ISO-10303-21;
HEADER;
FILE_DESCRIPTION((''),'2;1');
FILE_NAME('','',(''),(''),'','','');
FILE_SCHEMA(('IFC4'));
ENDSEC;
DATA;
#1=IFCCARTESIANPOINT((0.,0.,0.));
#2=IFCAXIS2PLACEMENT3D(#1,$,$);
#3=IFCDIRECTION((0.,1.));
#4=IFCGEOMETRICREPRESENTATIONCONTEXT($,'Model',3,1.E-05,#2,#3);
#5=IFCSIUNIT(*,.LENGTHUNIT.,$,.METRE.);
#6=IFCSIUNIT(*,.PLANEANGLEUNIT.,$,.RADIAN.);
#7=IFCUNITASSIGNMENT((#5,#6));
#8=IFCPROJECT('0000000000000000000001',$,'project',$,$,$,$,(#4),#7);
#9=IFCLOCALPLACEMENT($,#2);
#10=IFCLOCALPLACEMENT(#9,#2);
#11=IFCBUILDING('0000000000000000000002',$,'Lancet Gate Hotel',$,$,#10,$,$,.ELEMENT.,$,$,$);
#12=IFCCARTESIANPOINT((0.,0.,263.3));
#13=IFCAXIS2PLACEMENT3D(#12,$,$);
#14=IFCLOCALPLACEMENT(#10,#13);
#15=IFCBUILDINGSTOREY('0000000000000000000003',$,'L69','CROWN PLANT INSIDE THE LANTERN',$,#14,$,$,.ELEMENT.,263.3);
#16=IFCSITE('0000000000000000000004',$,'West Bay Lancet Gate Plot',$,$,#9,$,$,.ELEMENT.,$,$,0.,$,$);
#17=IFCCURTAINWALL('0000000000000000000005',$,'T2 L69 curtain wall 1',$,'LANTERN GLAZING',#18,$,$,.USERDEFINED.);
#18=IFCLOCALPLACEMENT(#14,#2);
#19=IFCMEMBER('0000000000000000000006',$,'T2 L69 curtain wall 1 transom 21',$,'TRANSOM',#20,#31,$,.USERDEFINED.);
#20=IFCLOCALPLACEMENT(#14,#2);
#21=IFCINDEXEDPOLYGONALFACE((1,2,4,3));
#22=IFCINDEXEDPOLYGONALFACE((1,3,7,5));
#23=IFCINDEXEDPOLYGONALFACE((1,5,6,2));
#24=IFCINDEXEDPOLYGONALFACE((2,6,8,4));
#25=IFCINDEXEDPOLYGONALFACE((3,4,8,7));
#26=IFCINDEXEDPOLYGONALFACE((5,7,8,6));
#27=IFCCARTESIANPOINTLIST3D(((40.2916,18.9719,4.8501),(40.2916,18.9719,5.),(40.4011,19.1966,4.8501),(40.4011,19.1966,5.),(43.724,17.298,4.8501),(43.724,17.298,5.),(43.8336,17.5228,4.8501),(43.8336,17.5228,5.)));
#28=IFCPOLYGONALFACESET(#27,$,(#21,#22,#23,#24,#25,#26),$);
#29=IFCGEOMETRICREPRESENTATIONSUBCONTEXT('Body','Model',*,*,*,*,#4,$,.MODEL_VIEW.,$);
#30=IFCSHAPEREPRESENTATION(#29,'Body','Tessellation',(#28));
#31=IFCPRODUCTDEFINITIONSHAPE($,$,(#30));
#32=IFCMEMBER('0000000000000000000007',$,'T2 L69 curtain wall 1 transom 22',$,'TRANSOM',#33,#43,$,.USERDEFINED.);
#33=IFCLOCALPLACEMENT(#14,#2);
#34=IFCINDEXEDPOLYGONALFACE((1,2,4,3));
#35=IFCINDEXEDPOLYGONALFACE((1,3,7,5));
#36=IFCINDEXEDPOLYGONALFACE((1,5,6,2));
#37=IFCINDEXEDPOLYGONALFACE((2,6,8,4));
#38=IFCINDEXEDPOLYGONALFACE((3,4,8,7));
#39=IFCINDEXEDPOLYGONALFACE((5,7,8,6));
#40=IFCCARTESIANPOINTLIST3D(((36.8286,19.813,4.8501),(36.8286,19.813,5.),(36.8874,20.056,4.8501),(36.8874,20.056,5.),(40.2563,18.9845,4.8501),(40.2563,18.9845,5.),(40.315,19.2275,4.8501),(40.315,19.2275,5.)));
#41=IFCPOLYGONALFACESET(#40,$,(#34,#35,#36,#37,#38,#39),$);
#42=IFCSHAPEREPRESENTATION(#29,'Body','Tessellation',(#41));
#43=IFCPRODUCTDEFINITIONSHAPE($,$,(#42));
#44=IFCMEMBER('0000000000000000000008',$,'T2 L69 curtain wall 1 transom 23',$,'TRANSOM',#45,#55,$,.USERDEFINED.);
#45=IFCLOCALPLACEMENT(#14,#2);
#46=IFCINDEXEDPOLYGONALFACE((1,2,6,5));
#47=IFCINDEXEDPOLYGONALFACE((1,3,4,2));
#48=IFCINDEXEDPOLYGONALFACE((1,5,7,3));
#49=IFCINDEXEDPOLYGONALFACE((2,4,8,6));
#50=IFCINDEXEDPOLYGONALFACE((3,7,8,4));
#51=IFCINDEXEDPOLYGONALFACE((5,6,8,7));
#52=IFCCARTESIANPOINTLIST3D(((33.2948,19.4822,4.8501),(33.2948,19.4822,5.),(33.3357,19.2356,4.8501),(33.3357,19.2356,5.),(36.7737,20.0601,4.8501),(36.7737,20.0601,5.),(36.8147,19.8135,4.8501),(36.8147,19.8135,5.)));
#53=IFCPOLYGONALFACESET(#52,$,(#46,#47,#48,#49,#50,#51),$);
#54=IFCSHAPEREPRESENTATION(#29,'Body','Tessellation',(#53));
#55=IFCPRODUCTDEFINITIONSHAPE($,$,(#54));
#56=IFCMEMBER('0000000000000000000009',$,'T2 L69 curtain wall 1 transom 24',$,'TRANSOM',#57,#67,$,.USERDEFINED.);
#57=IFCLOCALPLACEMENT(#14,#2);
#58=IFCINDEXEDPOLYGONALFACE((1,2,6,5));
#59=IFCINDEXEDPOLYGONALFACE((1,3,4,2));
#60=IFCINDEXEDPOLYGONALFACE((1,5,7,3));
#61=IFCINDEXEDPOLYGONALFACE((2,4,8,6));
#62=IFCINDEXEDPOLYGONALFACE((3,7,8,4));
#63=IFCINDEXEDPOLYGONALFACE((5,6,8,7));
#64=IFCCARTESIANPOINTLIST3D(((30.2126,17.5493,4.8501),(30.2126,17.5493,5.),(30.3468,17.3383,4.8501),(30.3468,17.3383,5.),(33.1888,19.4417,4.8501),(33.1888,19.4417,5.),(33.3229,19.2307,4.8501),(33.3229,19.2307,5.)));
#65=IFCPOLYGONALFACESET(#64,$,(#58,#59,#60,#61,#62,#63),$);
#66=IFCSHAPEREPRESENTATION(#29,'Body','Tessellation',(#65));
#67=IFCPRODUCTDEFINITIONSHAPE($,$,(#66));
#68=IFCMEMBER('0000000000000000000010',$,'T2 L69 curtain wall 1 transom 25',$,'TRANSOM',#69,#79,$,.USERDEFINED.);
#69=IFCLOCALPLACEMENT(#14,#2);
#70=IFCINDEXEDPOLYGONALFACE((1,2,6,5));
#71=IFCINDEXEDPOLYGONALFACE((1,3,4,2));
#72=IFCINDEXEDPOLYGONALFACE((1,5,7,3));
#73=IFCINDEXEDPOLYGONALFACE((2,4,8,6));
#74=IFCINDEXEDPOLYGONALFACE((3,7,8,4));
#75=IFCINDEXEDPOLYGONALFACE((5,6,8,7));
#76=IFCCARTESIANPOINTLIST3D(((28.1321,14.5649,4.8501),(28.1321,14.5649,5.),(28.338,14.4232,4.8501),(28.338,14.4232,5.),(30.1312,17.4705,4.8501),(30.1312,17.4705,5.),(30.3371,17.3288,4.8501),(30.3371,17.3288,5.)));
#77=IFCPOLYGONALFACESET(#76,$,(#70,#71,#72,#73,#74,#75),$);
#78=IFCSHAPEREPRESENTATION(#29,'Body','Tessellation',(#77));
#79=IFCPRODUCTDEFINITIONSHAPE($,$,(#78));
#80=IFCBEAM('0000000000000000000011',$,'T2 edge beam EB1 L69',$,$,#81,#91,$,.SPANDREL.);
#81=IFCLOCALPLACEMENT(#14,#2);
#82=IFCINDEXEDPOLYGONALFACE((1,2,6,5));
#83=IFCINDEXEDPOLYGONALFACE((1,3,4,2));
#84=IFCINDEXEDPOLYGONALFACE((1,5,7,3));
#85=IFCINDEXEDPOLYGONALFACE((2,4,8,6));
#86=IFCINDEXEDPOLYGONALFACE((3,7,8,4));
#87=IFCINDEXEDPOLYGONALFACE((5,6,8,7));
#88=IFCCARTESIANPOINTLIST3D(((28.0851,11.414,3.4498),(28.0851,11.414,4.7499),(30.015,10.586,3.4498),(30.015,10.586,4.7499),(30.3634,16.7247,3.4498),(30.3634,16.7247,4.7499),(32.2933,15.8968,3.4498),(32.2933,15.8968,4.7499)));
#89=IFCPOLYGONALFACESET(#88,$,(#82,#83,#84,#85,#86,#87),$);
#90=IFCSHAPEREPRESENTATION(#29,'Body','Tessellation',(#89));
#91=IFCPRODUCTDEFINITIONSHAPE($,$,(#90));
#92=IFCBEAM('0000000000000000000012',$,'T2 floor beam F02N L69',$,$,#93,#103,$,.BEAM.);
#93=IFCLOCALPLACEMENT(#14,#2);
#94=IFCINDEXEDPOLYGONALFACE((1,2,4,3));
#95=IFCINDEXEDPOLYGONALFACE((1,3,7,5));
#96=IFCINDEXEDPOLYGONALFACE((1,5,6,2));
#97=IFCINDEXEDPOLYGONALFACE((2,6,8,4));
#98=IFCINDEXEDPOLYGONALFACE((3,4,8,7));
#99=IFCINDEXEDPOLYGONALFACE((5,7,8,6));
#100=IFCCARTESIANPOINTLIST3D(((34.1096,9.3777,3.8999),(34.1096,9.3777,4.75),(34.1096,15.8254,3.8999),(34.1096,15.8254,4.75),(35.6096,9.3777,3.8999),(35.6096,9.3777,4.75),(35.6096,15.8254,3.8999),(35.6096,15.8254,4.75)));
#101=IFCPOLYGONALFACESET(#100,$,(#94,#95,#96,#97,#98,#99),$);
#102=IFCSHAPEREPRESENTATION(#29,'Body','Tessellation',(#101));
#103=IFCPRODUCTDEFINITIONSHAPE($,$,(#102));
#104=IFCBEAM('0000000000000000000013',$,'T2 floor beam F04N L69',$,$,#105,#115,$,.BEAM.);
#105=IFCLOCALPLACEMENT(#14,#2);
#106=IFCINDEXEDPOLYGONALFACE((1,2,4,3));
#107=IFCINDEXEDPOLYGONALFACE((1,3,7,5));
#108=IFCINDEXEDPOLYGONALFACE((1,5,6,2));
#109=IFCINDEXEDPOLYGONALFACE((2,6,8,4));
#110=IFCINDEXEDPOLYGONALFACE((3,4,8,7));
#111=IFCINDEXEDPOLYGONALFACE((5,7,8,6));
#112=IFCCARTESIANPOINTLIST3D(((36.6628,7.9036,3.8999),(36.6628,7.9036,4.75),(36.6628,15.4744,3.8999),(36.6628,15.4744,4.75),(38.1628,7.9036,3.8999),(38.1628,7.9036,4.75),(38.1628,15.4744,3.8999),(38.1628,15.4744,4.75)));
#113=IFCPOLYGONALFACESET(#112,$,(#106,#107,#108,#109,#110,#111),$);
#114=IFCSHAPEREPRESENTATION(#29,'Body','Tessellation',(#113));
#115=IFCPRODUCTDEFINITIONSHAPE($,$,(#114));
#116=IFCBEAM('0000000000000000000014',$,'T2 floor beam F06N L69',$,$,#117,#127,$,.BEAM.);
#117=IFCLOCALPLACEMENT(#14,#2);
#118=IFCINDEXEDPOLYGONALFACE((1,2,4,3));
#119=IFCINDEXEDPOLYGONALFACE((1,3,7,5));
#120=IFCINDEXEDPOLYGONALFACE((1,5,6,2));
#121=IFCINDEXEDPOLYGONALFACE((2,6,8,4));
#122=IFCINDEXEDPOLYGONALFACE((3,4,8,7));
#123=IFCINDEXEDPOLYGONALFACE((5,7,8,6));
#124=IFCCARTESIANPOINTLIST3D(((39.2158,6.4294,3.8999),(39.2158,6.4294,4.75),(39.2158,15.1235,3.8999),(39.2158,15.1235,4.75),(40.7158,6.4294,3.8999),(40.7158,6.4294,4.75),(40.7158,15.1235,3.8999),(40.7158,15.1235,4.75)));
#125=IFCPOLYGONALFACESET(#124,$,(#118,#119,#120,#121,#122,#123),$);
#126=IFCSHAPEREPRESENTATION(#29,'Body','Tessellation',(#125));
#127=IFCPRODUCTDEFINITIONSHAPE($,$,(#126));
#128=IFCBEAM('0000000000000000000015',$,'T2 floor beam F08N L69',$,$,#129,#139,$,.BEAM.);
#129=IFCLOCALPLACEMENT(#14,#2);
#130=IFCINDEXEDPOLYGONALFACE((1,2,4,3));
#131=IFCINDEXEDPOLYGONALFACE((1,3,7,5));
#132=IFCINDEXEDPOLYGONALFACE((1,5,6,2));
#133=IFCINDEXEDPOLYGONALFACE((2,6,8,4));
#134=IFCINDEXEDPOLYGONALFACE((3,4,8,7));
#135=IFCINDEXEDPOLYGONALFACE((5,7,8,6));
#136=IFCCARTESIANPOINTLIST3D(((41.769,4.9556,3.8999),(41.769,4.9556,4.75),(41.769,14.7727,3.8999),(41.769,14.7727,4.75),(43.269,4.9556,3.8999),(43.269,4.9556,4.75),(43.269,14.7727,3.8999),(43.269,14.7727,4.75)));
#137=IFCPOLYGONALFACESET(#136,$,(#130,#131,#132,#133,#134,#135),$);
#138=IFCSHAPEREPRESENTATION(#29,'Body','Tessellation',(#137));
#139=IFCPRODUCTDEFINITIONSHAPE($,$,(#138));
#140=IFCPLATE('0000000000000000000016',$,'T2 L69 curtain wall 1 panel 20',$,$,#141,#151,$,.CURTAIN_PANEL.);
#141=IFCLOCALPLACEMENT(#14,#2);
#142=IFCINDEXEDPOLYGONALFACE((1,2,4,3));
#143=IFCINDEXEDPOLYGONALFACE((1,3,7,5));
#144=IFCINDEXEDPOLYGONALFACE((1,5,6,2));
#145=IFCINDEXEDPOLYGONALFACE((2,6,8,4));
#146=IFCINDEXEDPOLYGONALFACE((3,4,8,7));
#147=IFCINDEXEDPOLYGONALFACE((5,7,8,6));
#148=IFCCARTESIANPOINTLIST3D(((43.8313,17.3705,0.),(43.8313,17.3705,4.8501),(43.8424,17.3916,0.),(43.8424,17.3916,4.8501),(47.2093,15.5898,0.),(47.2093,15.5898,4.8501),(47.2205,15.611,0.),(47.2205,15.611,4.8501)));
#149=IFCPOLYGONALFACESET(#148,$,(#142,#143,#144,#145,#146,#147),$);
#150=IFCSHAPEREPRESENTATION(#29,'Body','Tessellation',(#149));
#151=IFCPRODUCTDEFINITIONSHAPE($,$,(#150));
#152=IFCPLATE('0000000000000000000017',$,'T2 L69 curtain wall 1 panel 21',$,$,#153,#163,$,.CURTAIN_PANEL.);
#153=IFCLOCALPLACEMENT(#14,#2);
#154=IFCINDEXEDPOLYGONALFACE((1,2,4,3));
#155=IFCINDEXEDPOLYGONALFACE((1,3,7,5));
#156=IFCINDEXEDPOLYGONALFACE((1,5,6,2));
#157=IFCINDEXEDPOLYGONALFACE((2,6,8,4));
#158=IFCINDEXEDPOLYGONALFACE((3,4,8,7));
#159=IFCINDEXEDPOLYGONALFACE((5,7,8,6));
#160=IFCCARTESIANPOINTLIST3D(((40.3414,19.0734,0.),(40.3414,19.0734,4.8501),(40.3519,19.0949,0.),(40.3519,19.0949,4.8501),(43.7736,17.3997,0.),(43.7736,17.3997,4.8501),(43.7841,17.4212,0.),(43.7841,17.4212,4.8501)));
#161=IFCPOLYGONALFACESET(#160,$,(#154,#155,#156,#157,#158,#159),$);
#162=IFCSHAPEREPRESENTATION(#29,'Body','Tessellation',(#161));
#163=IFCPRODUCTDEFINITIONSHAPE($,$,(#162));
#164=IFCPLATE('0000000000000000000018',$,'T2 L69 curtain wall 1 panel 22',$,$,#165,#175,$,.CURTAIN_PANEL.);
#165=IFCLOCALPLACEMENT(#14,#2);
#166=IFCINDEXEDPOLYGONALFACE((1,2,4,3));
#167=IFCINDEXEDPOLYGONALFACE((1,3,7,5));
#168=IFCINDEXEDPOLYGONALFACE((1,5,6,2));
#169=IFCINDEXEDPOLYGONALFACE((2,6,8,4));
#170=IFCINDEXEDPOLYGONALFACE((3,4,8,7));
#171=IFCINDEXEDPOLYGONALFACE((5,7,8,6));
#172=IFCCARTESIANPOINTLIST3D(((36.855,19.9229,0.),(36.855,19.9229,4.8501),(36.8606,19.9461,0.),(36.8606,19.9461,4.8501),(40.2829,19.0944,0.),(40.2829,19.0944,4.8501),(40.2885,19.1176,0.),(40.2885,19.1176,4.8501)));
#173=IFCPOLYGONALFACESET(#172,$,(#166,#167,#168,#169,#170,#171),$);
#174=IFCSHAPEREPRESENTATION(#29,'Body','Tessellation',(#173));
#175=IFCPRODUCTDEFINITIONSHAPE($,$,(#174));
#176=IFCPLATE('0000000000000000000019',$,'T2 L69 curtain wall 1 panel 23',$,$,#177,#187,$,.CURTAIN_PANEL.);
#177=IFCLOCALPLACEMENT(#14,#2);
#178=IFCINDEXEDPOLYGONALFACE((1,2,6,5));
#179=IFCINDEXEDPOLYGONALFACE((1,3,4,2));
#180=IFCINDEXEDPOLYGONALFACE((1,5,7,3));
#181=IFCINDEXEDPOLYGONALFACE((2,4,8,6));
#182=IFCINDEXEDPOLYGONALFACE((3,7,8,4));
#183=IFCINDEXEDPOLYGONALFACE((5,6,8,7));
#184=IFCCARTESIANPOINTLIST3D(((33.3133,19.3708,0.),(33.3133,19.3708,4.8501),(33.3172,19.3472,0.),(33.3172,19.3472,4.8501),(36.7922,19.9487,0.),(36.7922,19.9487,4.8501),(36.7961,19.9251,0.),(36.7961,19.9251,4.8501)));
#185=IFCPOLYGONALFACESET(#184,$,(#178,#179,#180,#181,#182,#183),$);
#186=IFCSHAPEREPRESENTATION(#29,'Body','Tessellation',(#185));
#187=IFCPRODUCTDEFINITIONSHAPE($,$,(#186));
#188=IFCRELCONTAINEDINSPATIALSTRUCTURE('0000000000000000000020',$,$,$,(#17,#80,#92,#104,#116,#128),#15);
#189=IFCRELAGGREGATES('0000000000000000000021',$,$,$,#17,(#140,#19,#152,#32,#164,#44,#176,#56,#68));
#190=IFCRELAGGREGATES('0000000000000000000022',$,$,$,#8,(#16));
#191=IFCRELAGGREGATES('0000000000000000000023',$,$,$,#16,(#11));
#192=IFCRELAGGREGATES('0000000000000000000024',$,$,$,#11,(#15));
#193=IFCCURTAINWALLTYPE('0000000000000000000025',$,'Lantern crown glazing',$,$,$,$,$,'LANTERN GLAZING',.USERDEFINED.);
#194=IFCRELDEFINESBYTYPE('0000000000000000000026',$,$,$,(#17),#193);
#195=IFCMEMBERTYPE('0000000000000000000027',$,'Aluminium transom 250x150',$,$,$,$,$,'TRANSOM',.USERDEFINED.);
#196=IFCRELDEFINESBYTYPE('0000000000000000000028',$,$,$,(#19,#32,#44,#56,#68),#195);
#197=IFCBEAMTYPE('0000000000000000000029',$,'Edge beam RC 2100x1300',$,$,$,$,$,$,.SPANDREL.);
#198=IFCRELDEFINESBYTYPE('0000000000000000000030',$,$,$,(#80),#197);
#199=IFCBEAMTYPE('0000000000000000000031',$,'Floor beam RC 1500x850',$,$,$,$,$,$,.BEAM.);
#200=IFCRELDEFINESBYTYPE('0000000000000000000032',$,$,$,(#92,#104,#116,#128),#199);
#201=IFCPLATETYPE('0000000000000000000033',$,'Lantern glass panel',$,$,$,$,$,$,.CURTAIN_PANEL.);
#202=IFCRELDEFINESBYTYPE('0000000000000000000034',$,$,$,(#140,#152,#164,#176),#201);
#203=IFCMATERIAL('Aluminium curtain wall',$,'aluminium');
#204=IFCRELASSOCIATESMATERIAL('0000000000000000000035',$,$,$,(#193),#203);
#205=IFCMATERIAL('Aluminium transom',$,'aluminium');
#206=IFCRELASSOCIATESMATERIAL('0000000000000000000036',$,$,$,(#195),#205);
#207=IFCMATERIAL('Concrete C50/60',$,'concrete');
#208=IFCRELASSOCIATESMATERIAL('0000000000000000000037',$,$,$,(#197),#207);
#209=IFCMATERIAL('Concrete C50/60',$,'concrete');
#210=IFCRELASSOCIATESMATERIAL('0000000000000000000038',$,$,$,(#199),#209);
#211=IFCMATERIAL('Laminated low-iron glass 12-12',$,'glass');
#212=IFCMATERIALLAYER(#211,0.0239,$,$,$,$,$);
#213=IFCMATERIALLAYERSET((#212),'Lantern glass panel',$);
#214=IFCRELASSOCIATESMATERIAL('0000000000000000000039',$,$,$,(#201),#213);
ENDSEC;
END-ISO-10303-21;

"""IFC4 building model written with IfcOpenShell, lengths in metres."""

from ifc_helpers import new_model, si_unit, direction, frame, origin, origin_2d, place, context, subcontext, project, spatial, rectangle, extrude, material, layer, layer_set, material_profile, profile_set, type_object, element, aggregate, save


model = new_model("IFC4")

# Units and contexts
model_context = context("Model", 3, precision=1e-05, world=origin(), true_north=direction((0.0, 1.0)))
body_context = subcontext(model_context, "Body", "Model", "MODEL_VIEW")
ifc_project = project(units=[si_unit("LENGTHUNIT", "METRE"), si_unit("PLANEANGLEUNIT", "RADIAN")], contexts=[model_context])

# Site, building, storey
site_placement = place(None, origin())
site = spatial("IfcSite", under=ifc_project, at=site_placement, Name="West Bay Lancet Gate Plot", CompositionType="ELEMENT", RefElevation=0.0)
building_placement = place(site_placement, origin())
building = spatial("IfcBuilding", under=site, at=building_placement, Name="Lancet Gate Hotel", CompositionType="ELEMENT")
storey_placement = place(building_placement, frame((0.0, 0.0, 263.3)))
storey = spatial("IfcBuildingStorey", under=building, at=storey_placement, Name="L69", Description="CROWN PLANT INSIDE THE LANTERN", CompositionType="ELEMENT", Elevation=263.3)

# Curtain wall, members
ifc_material_1 = material(Name="Aluminium curtain wall", Category="aluminium")
curtain_wall_type = type_object("IfcCurtainWallType", Name="Lantern crown glazing", ElementType="LANTERN GLAZING", PredefinedType="USERDEFINED", material=ifc_material_1)
curtain_wall_placement = place(storey_placement, origin())
curtain_wall = element("IfcCurtainWall", 1, at=curtain_wall_placement, inside=storey, type_object=curtain_wall_type, Name="T2 L69 curtain wall 1", ObjectType="LANTERN GLAZING", PredefinedType="USERDEFINED")
ifc_material_2 = material(Name="Aluminium transom", Category="aluminium")
ifc_material_profile_1 = material_profile(ifc_material_2, rectangle(XDim=0.25, YDim=0.1499, at=origin_2d()), Name="TRANSOM 250x150")
ifc_profile_set_1 = profile_set([ifc_material_profile_1], Name="Aluminium transom")
member_type_1 = type_object("IfcMemberType", Name="Aluminium transom 250x150", ElementType="TRANSOM", PredefinedType="USERDEFINED", material=ifc_profile_set_1)
member_1_placement = place(storey_placement, frame((43.7788, 17.4104, 4.925), z_axis=(-0.89882, 0.438318, 0.0), x_axis=(-0.438318, -0.89882, 0.0)))
member_1 = element("IfcMember", 2, at=member_1_placement, type_object=member_type_1, Name="T2 L69 curtain wall 1 transom 21", ObjectType="TRANSOM", PredefinedType="USERDEFINED", context=body_context, shape_type="SweptSolid", body=[
    extrude(rectangle(XDim=0.25, YDim=0.1499, at=origin_2d()), origin(), (0.0, 0.0, 1.0), 3.8188),
])
member_2_placement = place(storey_placement, frame((40.2856, 19.106, 4.925), z_axis=(-0.972003, 0.23497, 0.0), x_axis=(-0.23497, -0.972003, 0.0)))
member_2 = element("IfcMember", 3, at=member_2_placement, type_object=member_type_1, Name="T2 L69 curtain wall 1 transom 22", ObjectType="TRANSOM", PredefinedType="USERDEFINED", context=body_context, shape_type="SweptSolid", body=[
    extrude(rectangle(XDim=0.25, YDim=0.1499, at=origin_2d()), origin(), (0.0, 0.0, 1.0), 3.5264),
])
member_3_placement = place(storey_placement, frame((36.7942, 19.9368, 4.925), z_axis=(-0.986484, -0.16386, 0.0), x_axis=(0.16386, -0.986484, 0.0)))
member_3 = element("IfcMember", 4, at=member_3_placement, type_object=member_type_1, Name="T2 L69 curtain wall 1 transom 23", ObjectType="TRANSOM", PredefinedType="USERDEFINED", context=body_context, shape_type="SweptSolid", body=[
    extrude(rectangle(XDim=0.25, YDim=0.1499, at=origin_2d()), origin(), (0.0, 0.0, 1.0), 3.5266),
])
member_4_placement = place(storey_placement, frame((33.2559, 19.3362, 4.925), z_axis=(-0.843858, -0.536566, 0.0), x_axis=(0.536566, -0.843858, 0.0)))
member_4 = element("IfcMember", 5, at=member_4_placement, type_object=member_type_1, Name="T2 L69 curtain wall 1 transom 24", ObjectType="TRANSOM", PredefinedType="USERDEFINED", context=body_context, shape_type="SweptSolid", body=[
    extrude(rectangle(XDim=0.25, YDim=0.1499, at=origin_2d()), origin(), (0.0, 0.0, 1.0), 3.5269),
])
member_5_placement = place(storey_placement, frame((30.2341, 17.3997, 4.925), z_axis=(-0.566814, -0.823846, 0.0), x_axis=(0.823846, -0.566814, 0.0)))
member_5 = element("IfcMember", 6, at=member_5_placement, type_object=member_type_1, Name="T2 L69 curtain wall 1 transom 25", ObjectType="TRANSOM", PredefinedType="USERDEFINED", context=body_context, shape_type="SweptSolid", body=[
    extrude(rectangle(XDim=0.25, YDim=0.1499, at=origin_2d()), origin(), (0.0, 0.0, 1.0), 3.5269),
])

# Beams
ifc_material_3 = material(Name="Concrete C50/60", Category="concrete")
ifc_material_profile_2 = material_profile(ifc_material_3, rectangle(XDim=2.1001, YDim=1.3, at=origin_2d()), Name="RC 2100x1300")
ifc_profile_set_2 = profile_set([ifc_material_profile_2], Name="Concrete C50/60")
beam_type_1 = type_object("IfcBeamType", Name="Edge beam RC 2100x1300", PredefinedType="SPANDREL", material=ifc_profile_set_2)
beam_1_placement = place(storey_placement, frame((29.05, 11.0, 4.0999), z_axis=(0.394251, 0.919003, 0.0), x_axis=(-0.919003, 0.394251, 0.0)))
element("IfcBeam", 7, at=beam_1_placement, inside=storey, type_object=beam_type_1, Name="T2 edge beam EB1 L69", PredefinedType="SPANDREL", context=body_context, shape_type="SweptSolid", body=[
    extrude(rectangle(XDim=2.1001, YDim=1.3, at=origin_2d()), origin(), (0.0, 0.0, 1.0), 5.7788),
])
ifc_material_4 = material(Name="Concrete C50/60", Category="concrete")
ifc_material_profile_3 = material_profile(ifc_material_4, rectangle(XDim=1.5, YDim=0.8501, at=origin_2d()), Name="RC 1500x850")
ifc_profile_set_3 = profile_set([ifc_material_profile_3], Name="Concrete C50/60")
beam_type_2 = type_object("IfcBeamType", Name="Floor beam RC 1500x850", PredefinedType="BEAM", material=ifc_profile_set_3)
beam_2_placement = place(storey_placement, frame((34.8596, 9.3777, 4.325), z_axis=(0.0, 1.0, 0.0), x_axis=(-1.0, 0.0, 0.0)))
element("IfcBeam", 8, at=beam_2_placement, inside=storey, type_object=beam_type_2, Name="T2 floor beam F02N L69", PredefinedType="BEAM", context=body_context, shape_type="SweptSolid", body=[
    extrude(rectangle(XDim=1.5, YDim=0.8501, at=origin_2d()), origin(), (0.0, 0.0, 1.0), 6.4478),
])
beam_3_placement = place(storey_placement, frame((37.4128, 7.9036, 4.325), z_axis=(0.0, 1.0, 0.0), x_axis=(-1.0, 0.0, 0.0)))
element("IfcBeam", 9, at=beam_3_placement, inside=storey, type_object=beam_type_2, Name="T2 floor beam F04N L69", PredefinedType="BEAM", context=body_context, shape_type="SweptSolid", body=[
    extrude(rectangle(XDim=1.5, YDim=0.8501, at=origin_2d()), origin(), (0.0, 0.0, 1.0), 7.5708),
])
beam_4_placement = place(storey_placement, frame((39.9658, 6.4294, 4.325), z_axis=(0.0, 1.0, 0.0), x_axis=(-1.0, 0.0, 0.0)))
element("IfcBeam", 10, at=beam_4_placement, inside=storey, type_object=beam_type_2, Name="T2 floor beam F06N L69", PredefinedType="BEAM", context=body_context, shape_type="SweptSolid", body=[
    extrude(rectangle(XDim=1.5, YDim=0.8501, at=origin_2d()), origin(), (0.0, 0.0, 1.0), 8.6941),
])
beam_5_placement = place(storey_placement, frame((42.519, 4.9556, 4.325), z_axis=(0.0, 1.0, 0.0), x_axis=(-1.0, 0.0, 0.0)))
element("IfcBeam", 11, at=beam_5_placement, inside=storey, type_object=beam_type_2, Name="T2 floor beam F08N L69", PredefinedType="BEAM", context=body_context, shape_type="SweptSolid", body=[
    extrude(rectangle(XDim=1.5, YDim=0.8501, at=origin_2d()), origin(), (0.0, 0.0, 1.0), 9.8171),
])

# Plates
ifc_material_5 = material(Name="Laminated low-iron glass 12-12", Category="glass")
ifc_layer_1 = layer(ifc_material_5, 0.0239)
ifc_layer_set_1 = layer_set([ifc_layer_1], Name="Lantern glass panel")
plate_type = type_object("IfcPlateType", Name="Lantern glass panel", PredefinedType="CURTAIN_PANEL", material=ifc_layer_set_1)
plate_1_placement = place(storey_placement, frame((45.5259, 16.4907, 0.0), z_axis=(0.0, 0.0, 1.0), x_axis=(-0.884623, 0.466307, 0.0)))
plate_1 = element("IfcPlate", 12, at=plate_1_placement, type_object=plate_type, Name="T2 L69 curtain wall 1 panel 20", PredefinedType="CURTAIN_PANEL", context=body_context, shape_type="SweptSolid", body=[
    extrude(rectangle(XDim=3.8186, YDim=0.0239, at=origin_2d()), origin(), (0.0, 0.0, 1.0), 4.8501),
])
plate_2_placement = place(storey_placement, frame((42.0627, 18.2473, 0.0), z_axis=(0.0, 0.0, 1.0), x_axis=(-0.898823, 0.438311, 0.0)))
plate_2 = element("IfcPlate", 13, at=plate_2_placement, type_object=plate_type, Name="T2 L69 curtain wall 1 panel 21", PredefinedType="CURTAIN_PANEL", context=body_context, shape_type="SweptSolid", body=[
    extrude(rectangle(XDim=3.8186, YDim=0.0239, at=origin_2d()), origin(), (0.0, 0.0, 1.0), 4.8501),
])
plate_3_placement = place(storey_placement, frame((38.5718, 19.5203, 0.0), z_axis=(0.0, 0.0, 1.0), x_axis=(-0.972014, 0.234924, 0.0)))
plate_3 = element("IfcPlate", 14, at=plate_3_placement, type_object=plate_type, Name="T2 L69 curtain wall 1 panel 22", PredefinedType="CURTAIN_PANEL", context=body_context, shape_type="SweptSolid", body=[
    extrude(rectangle(XDim=3.5266, YDim=0.0239, at=origin_2d()), origin(), (0.0, 0.0, 1.0), 4.8501),
])
plate_4_placement = place(storey_placement, frame((35.0547, 19.6479, 0.0), z_axis=(0.0, 0.0, 1.0), x_axis=(-0.98648, -0.163881, 0.0)))
plate_4 = element("IfcPlate", 15, at=plate_4_placement, type_object=plate_type, Name="T2 L69 curtain wall 1 panel 23", PredefinedType="CURTAIN_PANEL", context=body_context, shape_type="SweptSolid", body=[
    extrude(rectangle(XDim=3.5266, YDim=0.0239, at=origin_2d()), origin(), (0.0, 0.0, 1.0), 4.8501),
])
aggregate(curtain_wall, [plate_1, member_1, plate_2, member_2, plate_3, member_3, plate_4, member_4, member_5])

save(model, "model.ifc")
